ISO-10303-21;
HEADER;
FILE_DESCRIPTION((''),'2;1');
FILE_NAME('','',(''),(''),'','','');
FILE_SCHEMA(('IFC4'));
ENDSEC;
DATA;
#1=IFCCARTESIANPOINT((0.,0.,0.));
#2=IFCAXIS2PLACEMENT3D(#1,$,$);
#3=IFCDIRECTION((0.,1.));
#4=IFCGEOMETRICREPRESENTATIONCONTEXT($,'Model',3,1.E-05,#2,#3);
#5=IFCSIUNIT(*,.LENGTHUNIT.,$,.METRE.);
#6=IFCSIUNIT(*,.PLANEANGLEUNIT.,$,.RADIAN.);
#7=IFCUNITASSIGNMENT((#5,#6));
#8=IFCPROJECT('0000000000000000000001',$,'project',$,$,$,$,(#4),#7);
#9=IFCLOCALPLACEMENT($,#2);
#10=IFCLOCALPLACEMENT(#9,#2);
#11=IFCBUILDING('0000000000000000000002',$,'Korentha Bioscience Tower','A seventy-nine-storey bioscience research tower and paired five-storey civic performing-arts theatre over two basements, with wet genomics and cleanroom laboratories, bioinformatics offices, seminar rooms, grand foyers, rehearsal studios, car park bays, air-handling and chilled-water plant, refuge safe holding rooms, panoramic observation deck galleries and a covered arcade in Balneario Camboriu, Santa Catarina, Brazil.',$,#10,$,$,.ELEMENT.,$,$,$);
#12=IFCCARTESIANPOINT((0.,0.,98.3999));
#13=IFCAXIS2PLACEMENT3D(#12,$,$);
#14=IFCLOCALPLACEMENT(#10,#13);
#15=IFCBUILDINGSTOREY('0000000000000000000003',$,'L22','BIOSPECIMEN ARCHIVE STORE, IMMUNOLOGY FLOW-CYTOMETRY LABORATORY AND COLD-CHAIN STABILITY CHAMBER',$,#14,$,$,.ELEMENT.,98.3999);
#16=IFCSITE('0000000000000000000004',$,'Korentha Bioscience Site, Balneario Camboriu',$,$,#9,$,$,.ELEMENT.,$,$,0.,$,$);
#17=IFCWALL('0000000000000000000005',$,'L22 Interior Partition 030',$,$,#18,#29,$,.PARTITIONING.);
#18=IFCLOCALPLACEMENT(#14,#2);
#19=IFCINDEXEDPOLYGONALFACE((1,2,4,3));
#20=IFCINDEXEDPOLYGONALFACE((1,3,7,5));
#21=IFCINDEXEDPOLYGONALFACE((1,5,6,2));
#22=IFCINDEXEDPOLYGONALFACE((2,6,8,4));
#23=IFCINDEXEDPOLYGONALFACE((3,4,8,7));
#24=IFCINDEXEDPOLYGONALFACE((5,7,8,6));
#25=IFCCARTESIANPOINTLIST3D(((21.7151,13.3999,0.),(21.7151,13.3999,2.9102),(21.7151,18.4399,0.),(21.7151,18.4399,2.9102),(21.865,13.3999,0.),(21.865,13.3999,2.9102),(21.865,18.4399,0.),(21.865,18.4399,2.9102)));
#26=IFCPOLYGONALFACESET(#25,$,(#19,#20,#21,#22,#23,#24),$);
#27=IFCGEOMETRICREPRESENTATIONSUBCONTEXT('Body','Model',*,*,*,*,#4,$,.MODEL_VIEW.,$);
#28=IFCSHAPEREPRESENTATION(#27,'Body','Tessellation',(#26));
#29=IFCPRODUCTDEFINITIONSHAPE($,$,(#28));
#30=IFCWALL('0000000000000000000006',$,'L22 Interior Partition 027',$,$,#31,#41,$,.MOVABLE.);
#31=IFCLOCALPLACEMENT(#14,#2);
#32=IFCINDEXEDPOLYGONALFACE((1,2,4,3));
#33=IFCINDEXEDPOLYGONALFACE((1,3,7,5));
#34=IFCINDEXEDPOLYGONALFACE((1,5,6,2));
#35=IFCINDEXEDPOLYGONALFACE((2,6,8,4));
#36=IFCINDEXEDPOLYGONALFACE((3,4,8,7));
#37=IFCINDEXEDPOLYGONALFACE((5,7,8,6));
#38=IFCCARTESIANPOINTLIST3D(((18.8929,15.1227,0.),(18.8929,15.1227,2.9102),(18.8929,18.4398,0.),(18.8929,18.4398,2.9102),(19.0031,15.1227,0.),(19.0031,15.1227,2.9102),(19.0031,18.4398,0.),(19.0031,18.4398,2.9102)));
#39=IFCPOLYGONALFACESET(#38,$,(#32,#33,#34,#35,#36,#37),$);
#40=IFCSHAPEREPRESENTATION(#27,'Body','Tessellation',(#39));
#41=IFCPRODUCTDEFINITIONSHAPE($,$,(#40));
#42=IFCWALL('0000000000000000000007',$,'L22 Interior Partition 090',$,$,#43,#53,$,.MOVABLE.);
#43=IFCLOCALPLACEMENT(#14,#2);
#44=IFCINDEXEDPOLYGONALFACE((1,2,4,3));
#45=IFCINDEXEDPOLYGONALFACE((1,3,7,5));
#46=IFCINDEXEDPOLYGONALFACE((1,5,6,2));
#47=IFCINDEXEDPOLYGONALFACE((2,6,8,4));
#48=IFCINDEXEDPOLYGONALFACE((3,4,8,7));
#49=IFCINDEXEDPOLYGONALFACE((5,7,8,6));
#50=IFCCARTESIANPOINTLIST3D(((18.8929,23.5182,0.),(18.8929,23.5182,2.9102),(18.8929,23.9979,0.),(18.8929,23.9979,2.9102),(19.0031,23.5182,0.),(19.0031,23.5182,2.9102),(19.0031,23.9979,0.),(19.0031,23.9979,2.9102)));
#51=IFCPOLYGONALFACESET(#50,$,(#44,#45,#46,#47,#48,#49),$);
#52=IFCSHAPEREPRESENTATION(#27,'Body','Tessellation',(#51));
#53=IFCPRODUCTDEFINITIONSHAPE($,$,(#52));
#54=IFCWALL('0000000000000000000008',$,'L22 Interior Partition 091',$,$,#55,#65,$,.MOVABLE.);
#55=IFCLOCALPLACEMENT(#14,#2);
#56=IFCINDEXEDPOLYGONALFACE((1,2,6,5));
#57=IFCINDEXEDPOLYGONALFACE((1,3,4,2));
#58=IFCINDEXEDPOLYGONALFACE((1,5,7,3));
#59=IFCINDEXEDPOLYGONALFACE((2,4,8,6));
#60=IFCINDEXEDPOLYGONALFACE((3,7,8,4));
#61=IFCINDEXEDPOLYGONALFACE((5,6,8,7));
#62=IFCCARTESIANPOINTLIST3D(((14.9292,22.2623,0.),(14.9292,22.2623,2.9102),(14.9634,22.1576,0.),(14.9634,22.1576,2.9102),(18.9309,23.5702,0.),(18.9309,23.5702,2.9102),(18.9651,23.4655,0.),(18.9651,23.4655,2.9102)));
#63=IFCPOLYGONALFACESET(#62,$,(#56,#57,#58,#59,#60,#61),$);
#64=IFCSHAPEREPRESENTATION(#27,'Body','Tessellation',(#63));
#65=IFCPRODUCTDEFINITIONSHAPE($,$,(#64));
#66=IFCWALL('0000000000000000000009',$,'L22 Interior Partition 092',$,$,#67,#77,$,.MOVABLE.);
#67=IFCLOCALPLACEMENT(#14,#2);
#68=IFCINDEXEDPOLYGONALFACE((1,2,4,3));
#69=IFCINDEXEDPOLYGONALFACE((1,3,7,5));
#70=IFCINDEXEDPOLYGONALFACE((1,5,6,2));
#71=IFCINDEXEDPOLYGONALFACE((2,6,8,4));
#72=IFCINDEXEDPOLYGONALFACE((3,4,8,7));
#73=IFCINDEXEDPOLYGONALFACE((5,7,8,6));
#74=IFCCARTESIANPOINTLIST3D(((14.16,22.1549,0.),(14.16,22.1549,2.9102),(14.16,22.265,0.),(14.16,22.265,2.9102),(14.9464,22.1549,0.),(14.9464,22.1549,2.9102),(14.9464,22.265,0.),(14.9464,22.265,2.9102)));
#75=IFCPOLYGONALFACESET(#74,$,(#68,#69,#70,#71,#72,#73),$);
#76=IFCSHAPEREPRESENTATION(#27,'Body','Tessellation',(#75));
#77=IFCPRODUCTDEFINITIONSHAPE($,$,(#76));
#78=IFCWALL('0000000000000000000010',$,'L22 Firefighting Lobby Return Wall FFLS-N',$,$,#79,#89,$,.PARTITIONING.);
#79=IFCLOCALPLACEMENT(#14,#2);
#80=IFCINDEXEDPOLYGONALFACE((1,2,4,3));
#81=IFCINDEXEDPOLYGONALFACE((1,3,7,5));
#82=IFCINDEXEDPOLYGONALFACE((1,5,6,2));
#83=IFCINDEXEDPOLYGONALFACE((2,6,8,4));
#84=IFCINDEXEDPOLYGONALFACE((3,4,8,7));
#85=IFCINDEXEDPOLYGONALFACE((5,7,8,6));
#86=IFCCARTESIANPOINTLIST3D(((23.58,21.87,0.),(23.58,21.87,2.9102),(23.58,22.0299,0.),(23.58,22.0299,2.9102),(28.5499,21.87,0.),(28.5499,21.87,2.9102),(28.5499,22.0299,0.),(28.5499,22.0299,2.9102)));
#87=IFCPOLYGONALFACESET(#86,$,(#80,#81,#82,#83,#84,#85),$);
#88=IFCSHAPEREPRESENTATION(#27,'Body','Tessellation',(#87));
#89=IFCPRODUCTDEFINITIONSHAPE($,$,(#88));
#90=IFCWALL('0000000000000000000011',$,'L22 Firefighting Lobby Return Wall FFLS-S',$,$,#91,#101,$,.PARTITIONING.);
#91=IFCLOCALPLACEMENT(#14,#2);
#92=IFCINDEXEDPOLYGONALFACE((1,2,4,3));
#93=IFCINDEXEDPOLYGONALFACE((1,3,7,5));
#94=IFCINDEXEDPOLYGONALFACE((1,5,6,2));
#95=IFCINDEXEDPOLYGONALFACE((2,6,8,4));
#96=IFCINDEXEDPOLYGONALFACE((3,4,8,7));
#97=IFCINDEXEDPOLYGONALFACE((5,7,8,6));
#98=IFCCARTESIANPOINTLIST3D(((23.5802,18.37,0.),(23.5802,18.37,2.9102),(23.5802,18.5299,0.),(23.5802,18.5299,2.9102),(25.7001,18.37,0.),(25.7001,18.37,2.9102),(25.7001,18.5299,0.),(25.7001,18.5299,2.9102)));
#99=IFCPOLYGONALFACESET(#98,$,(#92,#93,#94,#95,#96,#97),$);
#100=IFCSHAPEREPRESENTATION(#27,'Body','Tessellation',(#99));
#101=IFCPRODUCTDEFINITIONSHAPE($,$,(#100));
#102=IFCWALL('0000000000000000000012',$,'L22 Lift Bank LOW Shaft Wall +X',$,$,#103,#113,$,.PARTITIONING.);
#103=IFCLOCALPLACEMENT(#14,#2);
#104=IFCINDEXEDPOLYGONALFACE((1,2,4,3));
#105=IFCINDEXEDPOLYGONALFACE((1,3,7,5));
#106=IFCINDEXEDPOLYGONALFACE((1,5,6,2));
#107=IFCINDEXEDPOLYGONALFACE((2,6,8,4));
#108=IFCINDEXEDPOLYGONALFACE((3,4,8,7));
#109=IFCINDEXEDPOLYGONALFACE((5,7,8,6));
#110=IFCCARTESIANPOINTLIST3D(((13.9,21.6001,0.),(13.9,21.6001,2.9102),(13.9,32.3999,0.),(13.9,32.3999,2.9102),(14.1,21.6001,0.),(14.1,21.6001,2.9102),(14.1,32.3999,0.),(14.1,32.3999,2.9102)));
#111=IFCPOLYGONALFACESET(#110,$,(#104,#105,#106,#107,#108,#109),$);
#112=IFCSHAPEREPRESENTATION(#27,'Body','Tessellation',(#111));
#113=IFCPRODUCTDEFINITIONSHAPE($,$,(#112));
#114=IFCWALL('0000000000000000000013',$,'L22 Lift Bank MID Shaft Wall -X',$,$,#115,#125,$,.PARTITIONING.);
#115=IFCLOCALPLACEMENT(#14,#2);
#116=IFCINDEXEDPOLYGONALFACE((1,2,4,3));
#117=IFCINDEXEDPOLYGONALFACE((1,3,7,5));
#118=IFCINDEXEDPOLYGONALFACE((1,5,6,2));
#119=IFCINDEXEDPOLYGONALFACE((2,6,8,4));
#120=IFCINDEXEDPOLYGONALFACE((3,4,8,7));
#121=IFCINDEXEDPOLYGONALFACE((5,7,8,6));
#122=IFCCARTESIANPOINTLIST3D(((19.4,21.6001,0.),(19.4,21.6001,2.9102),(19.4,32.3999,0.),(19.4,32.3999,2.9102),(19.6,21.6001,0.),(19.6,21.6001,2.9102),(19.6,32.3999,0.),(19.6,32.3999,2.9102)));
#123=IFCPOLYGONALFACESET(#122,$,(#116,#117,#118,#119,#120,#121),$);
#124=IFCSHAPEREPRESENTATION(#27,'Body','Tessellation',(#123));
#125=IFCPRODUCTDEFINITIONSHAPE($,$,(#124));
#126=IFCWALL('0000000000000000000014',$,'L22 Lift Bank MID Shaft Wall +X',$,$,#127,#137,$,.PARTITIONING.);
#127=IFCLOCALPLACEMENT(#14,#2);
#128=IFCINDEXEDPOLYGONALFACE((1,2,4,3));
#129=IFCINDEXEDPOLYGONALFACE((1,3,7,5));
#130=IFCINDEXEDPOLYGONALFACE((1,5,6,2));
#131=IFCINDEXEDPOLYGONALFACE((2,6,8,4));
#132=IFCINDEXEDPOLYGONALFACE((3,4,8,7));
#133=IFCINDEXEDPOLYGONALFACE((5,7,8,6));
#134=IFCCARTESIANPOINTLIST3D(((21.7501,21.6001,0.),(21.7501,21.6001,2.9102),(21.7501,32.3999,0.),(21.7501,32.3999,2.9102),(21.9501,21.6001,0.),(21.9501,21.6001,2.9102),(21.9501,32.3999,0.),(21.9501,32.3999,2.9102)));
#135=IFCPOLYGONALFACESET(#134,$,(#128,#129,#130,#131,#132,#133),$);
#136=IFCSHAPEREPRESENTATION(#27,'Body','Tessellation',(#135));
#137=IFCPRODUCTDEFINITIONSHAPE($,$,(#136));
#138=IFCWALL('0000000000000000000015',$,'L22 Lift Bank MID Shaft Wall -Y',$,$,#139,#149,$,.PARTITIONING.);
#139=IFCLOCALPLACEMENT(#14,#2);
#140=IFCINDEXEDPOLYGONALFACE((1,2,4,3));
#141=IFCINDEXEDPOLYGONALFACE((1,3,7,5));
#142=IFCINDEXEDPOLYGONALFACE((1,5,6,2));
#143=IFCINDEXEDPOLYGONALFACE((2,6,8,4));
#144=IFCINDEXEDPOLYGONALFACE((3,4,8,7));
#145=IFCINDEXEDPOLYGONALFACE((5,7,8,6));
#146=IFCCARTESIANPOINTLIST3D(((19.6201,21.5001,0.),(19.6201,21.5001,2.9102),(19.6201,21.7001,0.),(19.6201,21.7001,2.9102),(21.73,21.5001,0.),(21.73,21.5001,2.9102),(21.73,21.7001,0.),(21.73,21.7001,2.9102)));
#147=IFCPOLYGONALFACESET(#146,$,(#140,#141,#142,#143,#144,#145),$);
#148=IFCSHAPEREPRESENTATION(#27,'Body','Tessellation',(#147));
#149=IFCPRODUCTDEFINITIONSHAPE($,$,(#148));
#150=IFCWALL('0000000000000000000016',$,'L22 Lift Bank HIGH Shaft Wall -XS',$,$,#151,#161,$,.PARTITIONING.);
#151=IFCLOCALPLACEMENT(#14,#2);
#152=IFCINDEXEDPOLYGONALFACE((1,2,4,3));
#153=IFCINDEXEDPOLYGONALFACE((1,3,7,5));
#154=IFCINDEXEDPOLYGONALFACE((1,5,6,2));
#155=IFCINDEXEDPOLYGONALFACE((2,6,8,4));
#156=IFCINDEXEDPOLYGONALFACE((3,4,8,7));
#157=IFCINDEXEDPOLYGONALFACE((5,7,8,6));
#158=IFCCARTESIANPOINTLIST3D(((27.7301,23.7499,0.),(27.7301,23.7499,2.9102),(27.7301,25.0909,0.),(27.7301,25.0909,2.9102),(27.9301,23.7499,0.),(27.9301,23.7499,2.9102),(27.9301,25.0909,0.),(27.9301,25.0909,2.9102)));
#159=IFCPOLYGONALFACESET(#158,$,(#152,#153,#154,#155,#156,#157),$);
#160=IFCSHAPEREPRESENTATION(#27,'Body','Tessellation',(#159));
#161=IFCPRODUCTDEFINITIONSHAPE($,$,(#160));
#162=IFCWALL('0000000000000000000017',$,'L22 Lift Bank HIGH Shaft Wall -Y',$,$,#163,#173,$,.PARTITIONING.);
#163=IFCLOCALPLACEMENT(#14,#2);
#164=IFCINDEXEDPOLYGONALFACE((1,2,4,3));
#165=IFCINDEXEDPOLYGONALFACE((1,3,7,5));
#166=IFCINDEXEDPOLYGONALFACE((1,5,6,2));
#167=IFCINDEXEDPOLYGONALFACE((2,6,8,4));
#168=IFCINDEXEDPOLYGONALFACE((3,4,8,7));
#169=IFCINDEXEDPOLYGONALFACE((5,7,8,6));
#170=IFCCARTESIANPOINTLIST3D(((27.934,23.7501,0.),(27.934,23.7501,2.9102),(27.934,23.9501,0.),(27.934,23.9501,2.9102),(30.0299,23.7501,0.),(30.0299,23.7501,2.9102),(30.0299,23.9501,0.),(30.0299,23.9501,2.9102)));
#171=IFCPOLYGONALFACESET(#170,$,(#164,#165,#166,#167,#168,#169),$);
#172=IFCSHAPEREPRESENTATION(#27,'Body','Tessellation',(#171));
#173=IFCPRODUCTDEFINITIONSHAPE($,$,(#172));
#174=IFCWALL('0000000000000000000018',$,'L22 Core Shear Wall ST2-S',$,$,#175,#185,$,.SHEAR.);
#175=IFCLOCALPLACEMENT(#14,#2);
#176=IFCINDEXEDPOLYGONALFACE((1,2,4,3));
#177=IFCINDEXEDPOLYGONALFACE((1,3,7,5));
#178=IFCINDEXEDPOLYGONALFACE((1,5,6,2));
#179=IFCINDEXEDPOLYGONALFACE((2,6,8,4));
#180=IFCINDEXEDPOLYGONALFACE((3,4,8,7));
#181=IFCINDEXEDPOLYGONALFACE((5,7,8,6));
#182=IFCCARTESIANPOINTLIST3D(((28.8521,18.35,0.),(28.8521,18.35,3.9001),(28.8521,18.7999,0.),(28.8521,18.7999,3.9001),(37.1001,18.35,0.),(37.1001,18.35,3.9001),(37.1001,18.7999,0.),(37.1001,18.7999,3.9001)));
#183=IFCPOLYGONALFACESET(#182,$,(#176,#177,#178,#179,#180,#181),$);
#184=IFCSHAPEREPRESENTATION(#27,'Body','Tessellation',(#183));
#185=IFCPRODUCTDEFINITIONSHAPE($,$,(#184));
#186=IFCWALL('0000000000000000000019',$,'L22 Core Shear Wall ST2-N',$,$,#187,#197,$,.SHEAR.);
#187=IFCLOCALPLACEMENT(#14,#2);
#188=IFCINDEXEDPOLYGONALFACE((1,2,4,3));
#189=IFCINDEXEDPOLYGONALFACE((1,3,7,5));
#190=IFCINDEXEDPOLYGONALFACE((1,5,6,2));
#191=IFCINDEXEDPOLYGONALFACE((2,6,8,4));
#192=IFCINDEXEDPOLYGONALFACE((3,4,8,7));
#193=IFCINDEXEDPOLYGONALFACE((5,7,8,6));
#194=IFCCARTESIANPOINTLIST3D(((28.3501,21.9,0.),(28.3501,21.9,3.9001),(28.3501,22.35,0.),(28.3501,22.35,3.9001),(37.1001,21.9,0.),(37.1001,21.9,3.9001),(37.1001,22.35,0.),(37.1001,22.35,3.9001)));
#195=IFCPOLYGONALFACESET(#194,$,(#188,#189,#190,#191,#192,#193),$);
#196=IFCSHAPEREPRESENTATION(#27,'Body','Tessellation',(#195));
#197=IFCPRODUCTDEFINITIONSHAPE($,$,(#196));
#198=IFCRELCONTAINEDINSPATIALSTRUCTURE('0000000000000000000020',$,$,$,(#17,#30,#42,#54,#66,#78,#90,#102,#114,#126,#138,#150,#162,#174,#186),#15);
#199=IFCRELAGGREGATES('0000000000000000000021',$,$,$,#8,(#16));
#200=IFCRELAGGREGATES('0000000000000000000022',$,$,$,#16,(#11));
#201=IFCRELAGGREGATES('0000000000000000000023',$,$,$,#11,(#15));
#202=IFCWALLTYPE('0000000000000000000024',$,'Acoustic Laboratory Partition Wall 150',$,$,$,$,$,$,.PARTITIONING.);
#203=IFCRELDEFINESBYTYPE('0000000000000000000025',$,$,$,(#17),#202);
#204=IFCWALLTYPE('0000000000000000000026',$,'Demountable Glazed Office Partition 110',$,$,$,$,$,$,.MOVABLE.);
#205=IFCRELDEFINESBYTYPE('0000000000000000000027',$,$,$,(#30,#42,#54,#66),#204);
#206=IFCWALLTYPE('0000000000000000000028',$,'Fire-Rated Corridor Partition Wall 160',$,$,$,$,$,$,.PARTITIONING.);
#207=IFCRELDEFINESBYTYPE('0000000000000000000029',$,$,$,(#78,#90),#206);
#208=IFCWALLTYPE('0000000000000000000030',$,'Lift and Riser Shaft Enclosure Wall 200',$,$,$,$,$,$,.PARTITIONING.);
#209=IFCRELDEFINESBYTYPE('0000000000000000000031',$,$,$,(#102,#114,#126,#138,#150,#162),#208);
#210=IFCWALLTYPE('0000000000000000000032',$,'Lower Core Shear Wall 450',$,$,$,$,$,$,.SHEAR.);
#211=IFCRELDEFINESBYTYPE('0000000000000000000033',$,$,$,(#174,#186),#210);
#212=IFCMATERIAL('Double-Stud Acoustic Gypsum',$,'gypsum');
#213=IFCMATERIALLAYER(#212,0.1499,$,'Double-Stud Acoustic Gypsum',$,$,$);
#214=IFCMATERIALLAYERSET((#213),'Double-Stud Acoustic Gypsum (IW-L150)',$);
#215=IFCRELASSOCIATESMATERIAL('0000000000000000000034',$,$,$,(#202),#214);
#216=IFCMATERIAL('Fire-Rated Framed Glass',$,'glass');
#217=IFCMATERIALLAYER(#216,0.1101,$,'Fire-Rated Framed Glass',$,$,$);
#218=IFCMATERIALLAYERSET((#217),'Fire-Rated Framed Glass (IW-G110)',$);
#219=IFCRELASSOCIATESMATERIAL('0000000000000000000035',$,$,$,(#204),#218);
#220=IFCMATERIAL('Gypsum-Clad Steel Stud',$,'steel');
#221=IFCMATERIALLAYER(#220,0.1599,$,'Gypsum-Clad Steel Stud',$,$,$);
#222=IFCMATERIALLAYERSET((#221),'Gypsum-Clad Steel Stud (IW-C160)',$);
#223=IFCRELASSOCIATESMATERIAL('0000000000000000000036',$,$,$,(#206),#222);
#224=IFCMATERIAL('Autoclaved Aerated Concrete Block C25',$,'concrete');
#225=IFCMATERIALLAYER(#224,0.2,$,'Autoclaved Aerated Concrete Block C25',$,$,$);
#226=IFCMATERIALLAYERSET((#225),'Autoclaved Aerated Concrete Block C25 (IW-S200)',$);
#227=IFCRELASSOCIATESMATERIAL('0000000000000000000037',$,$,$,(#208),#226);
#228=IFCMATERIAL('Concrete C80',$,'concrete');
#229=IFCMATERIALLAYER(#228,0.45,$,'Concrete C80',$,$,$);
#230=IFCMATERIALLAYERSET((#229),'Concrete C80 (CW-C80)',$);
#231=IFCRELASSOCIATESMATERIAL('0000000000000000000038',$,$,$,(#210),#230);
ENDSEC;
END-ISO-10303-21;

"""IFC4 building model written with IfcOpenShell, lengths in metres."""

from ifc_helpers import new_model, si_unit, direction, frame, frame_2d, origin, place, context, subcontext, project, spatial, rectangle, extrude, material, layer, layer_set, type_object, element, save


model = new_model("IFC4")

# Units and contexts
model_context = context("Model", 3, precision=1e-05, world=origin(), true_north=direction((0.0, 1.0)))
body_context = subcontext(model_context, "Body", "Model", "MODEL_VIEW")
ifc_project = project(units=[si_unit("LENGTHUNIT", "METRE"), si_unit("PLANEANGLEUNIT", "RADIAN")], contexts=[model_context])

# Site, building, storey
site_placement = place(None, origin())
site = spatial("IfcSite", under=ifc_project, at=site_placement, Name="Korentha Bioscience Site, Balneario Camboriu", CompositionType="ELEMENT", RefElevation=0.0)
building_placement = place(site_placement, origin())
building = spatial("IfcBuilding", under=site, at=building_placement, Name="Korentha Bioscience Tower", Description="A seventy-nine-storey bioscience research tower and paired five-storey civic performing-arts theatre over two basements, with wet genomics and cleanroom laboratories, bioinformatics offices, seminar rooms, grand foyers, rehearsal studios, car park bays, air-handling and chilled-water plant, refuge safe holding rooms, panoramic observation deck galleries and a covered arcade in Balneario Camboriu, Santa Catarina, Brazil.", CompositionType="ELEMENT")
storey_placement = place(building_placement, frame((0.0, 0.0, 98.3999)))
storey = spatial("IfcBuildingStorey", under=building, at=storey_placement, Name="L22", Description="BIOSPECIMEN ARCHIVE STORE, IMMUNOLOGY FLOW-CYTOMETRY LABORATORY AND COLD-CHAIN STABILITY CHAMBER", CompositionType="ELEMENT", Elevation=98.3999)

# Shared definitions
ifc_material_1 = material(Name="Concrete C80", Category="concrete")

# Walls
ifc_material_2 = material(Name="Double-Stud Acoustic Gypsum", Category="gypsum")
ifc_layer_1 = layer(ifc_material_2, 0.1499, Name="Double-Stud Acoustic Gypsum")
ifc_layer_set_1 = layer_set([ifc_layer_1], Name="Double-Stud Acoustic Gypsum (IW-L150)")
wall_type_1 = type_object("IfcWallType", Name="Acoustic Laboratory Partition Wall 150", PredefinedType="PARTITIONING", material=ifc_layer_set_1)
wall_1_placement = place(storey_placement, frame((21.79, 18.4399, 0.0), z_axis=(0.0, 0.0, 1.0), x_axis=(0.0, -1.0, 0.0)))
element("IfcWall", 1, at=wall_1_placement, inside=storey, type_object=wall_type_1, Name="L22 Interior Partition 030", PredefinedType="PARTITIONING", context=body_context, shape_type="SweptSolid", body=[
    extrude(rectangle(XDim=5.04, YDim=0.1499, at=frame_2d((2.52, 0.0))), origin(), (0.0, 0.0, 1.0), 2.9102),
])
ifc_material_3 = material(Name="Fire-Rated Framed Glass", Category="glass")
ifc_layer_2 = layer(ifc_material_3, 0.1101, Name="Fire-Rated Framed Glass")
ifc_layer_set_2 = layer_set([ifc_layer_2], Name="Fire-Rated Framed Glass (IW-G110)")
wall_type_2 = type_object("IfcWallType", Name="Demountable Glazed Office Partition 110", PredefinedType="MOVABLE", material=ifc_layer_set_2)
wall_2_placement = place(storey_placement, frame((18.948, 18.4399, 0.0), z_axis=(0.0, 0.0, 1.0), x_axis=(0.0, -1.0, 0.0)))
element("IfcWall", 2, at=wall_2_placement, inside=storey, type_object=wall_type_2, Name="L22 Interior Partition 027", PredefinedType="MOVABLE", context=body_context, shape_type="SweptSolid", body=[
    extrude(rectangle(XDim=3.3171, YDim=0.1101, at=frame_2d((1.6587, 0.0))), origin(), (0.0, 0.0, 1.0), 2.9102),
])
wall_3_placement = place(storey_placement, frame((18.948, 23.9978, 0.0), z_axis=(0.0, 0.0, 1.0), x_axis=(0.0, -1.0, 0.0)))
element("IfcWall", 3, at=wall_3_placement, inside=storey, type_object=wall_type_2, Name="L22 Interior Partition 090", PredefinedType="MOVABLE", context=body_context, shape_type="SweptSolid", body=[
    extrude(rectangle(XDim=0.4797, YDim=0.1101, at=frame_2d((0.2397, 0.0))), origin(), (0.0, 0.0, 1.0), 2.9102),
])
wall_4_placement = place(storey_placement, frame((18.948, 23.5178, 0.0), z_axis=(0.0, 0.0, 1.0), x_axis=(-0.950523, -0.310655, 0.0)))
element("IfcWall", 4, at=wall_4_placement, inside=storey, type_object=wall_type_2, Name="L22 Interior Partition 091", PredefinedType="MOVABLE", context=body_context, shape_type="SweptSolid", body=[
    extrude(rectangle(XDim=4.21, YDim=0.1101, at=frame_2d((2.105, 0.0))), origin(), (0.0, 0.0, 1.0), 2.9102),
])
wall_5_placement = place(storey_placement, frame((14.9463, 22.21, 0.0), z_axis=(0.0, 0.0, 1.0), x_axis=(-1.0, 0.0, 0.0)))
element("IfcWall", 5, at=wall_5_placement, inside=storey, type_object=wall_type_2, Name="L22 Interior Partition 092", PredefinedType="MOVABLE", context=body_context, shape_type="SweptSolid", body=[
    extrude(rectangle(XDim=0.7864, YDim=0.1101, at=frame_2d((0.3931, 0.0))), origin(), (0.0, 0.0, 1.0), 2.9102),
])

# Shared definitions
ifc_material_4 = material(Name="Gypsum-Clad Steel Stud", Category="steel")
ifc_layer_3 = layer(ifc_material_4, 0.1599, Name="Gypsum-Clad Steel Stud")
ifc_layer_set_3 = layer_set([ifc_layer_3], Name="Gypsum-Clad Steel Stud (IW-C160)")
wall_type_3 = type_object("IfcWallType", Name="Fire-Rated Corridor Partition Wall 160", PredefinedType="PARTITIONING", material=ifc_layer_set_3)

# Walls
wall_6_placement = place(storey_placement, frame((23.5801, 21.95, 0.0), z_axis=(0.0, 0.0, 1.0), x_axis=(1.0, 0.0, 0.0)))
element("IfcWall", 6, at=wall_6_placement, inside=storey, type_object=wall_type_3, Name="L22 Firefighting Lobby Return Wall FFLS-N", PredefinedType="PARTITIONING", context=body_context, shape_type="SweptSolid", body=[
    extrude(rectangle(XDim=4.97, YDim=0.1599, at=frame_2d((2.4849, 0.0))), origin(), (0.0, 0.0, 1.0), 2.9102),
])
wall_7_placement = place(storey_placement, frame((23.5801, 18.45, 0.0), z_axis=(0.0, 0.0, 1.0), x_axis=(1.0, 0.0, 0.0)))
element("IfcWall", 7, at=wall_7_placement, inside=storey, type_object=wall_type_3, Name="L22 Firefighting Lobby Return Wall FFLS-S", PredefinedType="PARTITIONING", context=body_context, shape_type="SweptSolid", body=[
    extrude(rectangle(XDim=2.1199, YDim=0.1599, at=frame_2d((1.0601, 0.0))), origin(), (0.0, 0.0, 1.0), 2.9102),
])
ifc_material_5 = material(Name="Autoclaved Aerated Concrete Block C25", Category="concrete")
ifc_layer_4 = layer(ifc_material_5, 0.2, Name="Autoclaved Aerated Concrete Block C25")
ifc_layer_set_4 = layer_set([ifc_layer_4], Name="Autoclaved Aerated Concrete Block C25 (IW-S200)")
wall_type_4 = type_object("IfcWallType", Name="Lift and Riser Shaft Enclosure Wall 200", PredefinedType="PARTITIONING", material=ifc_layer_set_4)
for number, where, z_axis, x_axis, name in (
    (8, (14.0, 21.6001, 0.0), (0.0, 0.0, 1.0), (0.0, 1.0, 0.0), "L22 Lift Bank LOW Shaft Wall +X"),
    (9, (19.5, 21.6001, 0.0), (0.0, 0.0, 1.0), (0.0, 1.0, 0.0), "L22 Lift Bank MID Shaft Wall -X"),
    (10, (21.8501, 21.6001, 0.0), (0.0, 0.0, 1.0), (0.0, 1.0, 0.0), "L22 Lift Bank MID Shaft Wall +X"),
):
    element("IfcWall", number, at=place(storey_placement, frame(where, z_axis=z_axis, x_axis=x_axis)), inside=storey, type_object=wall_type_4, Name=name, PredefinedType="PARTITIONING", context=body_context, shape_type="SweptSolid", body=[
        extrude(rectangle(XDim=10.7998, YDim=0.2, at=frame_2d((5.3999, 0.0))), origin(), (0.0, 0.0, 1.0), 2.9102),
    ])
wall_8_placement = place(storey_placement, frame((19.6201, 21.6001, 0.0), z_axis=(0.0, 0.0, 1.0), x_axis=(1.0, 0.0, 0.0)))
element("IfcWall", 11, at=wall_8_placement, inside=storey, type_object=wall_type_4, Name="L22 Lift Bank MID Shaft Wall -Y", PredefinedType="PARTITIONING", context=body_context, shape_type="SweptSolid", body=[
    extrude(rectangle(XDim=2.1099, YDim=0.2, at=frame_2d((1.0549, 0.0))), origin(), (0.0, 0.0, 1.0), 2.9102),
])
wall_9_placement = place(storey_placement, frame((27.8301, 23.75, 0.0), z_axis=(0.0, 0.0, 1.0), x_axis=(0.0, 1.0, 0.0)))
element("IfcWall", 12, at=wall_9_placement, inside=storey, type_object=wall_type_4, Name="L22 Lift Bank HIGH Shaft Wall -XS", PredefinedType="PARTITIONING", context=body_context, shape_type="SweptSolid", body=[
    extrude(rectangle(XDim=1.3411, YDim=0.2, at=frame_2d((0.6704, 0.0))), origin(), (0.0, 0.0, 1.0), 2.9102),
])
wall_10_placement = place(storey_placement, frame((27.9341, 23.8501, 0.0), z_axis=(0.0, 0.0, 1.0), x_axis=(1.0, 0.0, 0.0)))
element("IfcWall", 13, at=wall_10_placement, inside=storey, type_object=wall_type_4, Name="L22 Lift Bank HIGH Shaft Wall -Y", PredefinedType="PARTITIONING", context=body_context, shape_type="SweptSolid", body=[
    extrude(rectangle(XDim=2.0959, YDim=0.2, at=frame_2d((1.0479, 0.0))), origin(), (0.0, 0.0, 1.0), 2.9102),
])
ifc_layer_5 = layer(ifc_material_1, 0.45, Name="Concrete C80")
ifc_layer_set_5 = layer_set([ifc_layer_5], Name="Concrete C80 (CW-C80)")
wall_type_5 = type_object("IfcWallType", Name="Lower Core Shear Wall 450", PredefinedType="SHEAR", material=ifc_layer_set_5)
wall_11_placement = place(storey_placement, frame((28.8521, 18.575, 0.0), z_axis=(0.0, 0.0, 1.0), x_axis=(1.0, 0.0, 0.0)))
element("IfcWall", 14, at=wall_11_placement, inside=storey, type_object=wall_type_5, Name="L22 Core Shear Wall ST2-S", PredefinedType="SHEAR", context=body_context, shape_type="SweptSolid", body=[
    extrude(rectangle(XDim=8.248, YDim=0.45, at=frame_2d((4.124, 0.0))), origin(), (0.0, 0.0, 1.0), 3.9001),
])
wall_12_placement = place(storey_placement, frame((28.3501, 22.125, 0.0), z_axis=(0.0, 0.0, 1.0), x_axis=(1.0, 0.0, 0.0)))
element("IfcWall", 15, at=wall_12_placement, inside=storey, type_object=wall_type_5, Name="L22 Core Shear Wall ST2-N", PredefinedType="SHEAR", context=body_context, shape_type="SweptSolid", body=[
    extrude(rectangle(XDim=8.75, YDim=0.45, at=frame_2d((4.375, 0.0))), origin(), (0.0, 0.0, 1.0), 3.9001),
])

save(model, "model.ifc")
